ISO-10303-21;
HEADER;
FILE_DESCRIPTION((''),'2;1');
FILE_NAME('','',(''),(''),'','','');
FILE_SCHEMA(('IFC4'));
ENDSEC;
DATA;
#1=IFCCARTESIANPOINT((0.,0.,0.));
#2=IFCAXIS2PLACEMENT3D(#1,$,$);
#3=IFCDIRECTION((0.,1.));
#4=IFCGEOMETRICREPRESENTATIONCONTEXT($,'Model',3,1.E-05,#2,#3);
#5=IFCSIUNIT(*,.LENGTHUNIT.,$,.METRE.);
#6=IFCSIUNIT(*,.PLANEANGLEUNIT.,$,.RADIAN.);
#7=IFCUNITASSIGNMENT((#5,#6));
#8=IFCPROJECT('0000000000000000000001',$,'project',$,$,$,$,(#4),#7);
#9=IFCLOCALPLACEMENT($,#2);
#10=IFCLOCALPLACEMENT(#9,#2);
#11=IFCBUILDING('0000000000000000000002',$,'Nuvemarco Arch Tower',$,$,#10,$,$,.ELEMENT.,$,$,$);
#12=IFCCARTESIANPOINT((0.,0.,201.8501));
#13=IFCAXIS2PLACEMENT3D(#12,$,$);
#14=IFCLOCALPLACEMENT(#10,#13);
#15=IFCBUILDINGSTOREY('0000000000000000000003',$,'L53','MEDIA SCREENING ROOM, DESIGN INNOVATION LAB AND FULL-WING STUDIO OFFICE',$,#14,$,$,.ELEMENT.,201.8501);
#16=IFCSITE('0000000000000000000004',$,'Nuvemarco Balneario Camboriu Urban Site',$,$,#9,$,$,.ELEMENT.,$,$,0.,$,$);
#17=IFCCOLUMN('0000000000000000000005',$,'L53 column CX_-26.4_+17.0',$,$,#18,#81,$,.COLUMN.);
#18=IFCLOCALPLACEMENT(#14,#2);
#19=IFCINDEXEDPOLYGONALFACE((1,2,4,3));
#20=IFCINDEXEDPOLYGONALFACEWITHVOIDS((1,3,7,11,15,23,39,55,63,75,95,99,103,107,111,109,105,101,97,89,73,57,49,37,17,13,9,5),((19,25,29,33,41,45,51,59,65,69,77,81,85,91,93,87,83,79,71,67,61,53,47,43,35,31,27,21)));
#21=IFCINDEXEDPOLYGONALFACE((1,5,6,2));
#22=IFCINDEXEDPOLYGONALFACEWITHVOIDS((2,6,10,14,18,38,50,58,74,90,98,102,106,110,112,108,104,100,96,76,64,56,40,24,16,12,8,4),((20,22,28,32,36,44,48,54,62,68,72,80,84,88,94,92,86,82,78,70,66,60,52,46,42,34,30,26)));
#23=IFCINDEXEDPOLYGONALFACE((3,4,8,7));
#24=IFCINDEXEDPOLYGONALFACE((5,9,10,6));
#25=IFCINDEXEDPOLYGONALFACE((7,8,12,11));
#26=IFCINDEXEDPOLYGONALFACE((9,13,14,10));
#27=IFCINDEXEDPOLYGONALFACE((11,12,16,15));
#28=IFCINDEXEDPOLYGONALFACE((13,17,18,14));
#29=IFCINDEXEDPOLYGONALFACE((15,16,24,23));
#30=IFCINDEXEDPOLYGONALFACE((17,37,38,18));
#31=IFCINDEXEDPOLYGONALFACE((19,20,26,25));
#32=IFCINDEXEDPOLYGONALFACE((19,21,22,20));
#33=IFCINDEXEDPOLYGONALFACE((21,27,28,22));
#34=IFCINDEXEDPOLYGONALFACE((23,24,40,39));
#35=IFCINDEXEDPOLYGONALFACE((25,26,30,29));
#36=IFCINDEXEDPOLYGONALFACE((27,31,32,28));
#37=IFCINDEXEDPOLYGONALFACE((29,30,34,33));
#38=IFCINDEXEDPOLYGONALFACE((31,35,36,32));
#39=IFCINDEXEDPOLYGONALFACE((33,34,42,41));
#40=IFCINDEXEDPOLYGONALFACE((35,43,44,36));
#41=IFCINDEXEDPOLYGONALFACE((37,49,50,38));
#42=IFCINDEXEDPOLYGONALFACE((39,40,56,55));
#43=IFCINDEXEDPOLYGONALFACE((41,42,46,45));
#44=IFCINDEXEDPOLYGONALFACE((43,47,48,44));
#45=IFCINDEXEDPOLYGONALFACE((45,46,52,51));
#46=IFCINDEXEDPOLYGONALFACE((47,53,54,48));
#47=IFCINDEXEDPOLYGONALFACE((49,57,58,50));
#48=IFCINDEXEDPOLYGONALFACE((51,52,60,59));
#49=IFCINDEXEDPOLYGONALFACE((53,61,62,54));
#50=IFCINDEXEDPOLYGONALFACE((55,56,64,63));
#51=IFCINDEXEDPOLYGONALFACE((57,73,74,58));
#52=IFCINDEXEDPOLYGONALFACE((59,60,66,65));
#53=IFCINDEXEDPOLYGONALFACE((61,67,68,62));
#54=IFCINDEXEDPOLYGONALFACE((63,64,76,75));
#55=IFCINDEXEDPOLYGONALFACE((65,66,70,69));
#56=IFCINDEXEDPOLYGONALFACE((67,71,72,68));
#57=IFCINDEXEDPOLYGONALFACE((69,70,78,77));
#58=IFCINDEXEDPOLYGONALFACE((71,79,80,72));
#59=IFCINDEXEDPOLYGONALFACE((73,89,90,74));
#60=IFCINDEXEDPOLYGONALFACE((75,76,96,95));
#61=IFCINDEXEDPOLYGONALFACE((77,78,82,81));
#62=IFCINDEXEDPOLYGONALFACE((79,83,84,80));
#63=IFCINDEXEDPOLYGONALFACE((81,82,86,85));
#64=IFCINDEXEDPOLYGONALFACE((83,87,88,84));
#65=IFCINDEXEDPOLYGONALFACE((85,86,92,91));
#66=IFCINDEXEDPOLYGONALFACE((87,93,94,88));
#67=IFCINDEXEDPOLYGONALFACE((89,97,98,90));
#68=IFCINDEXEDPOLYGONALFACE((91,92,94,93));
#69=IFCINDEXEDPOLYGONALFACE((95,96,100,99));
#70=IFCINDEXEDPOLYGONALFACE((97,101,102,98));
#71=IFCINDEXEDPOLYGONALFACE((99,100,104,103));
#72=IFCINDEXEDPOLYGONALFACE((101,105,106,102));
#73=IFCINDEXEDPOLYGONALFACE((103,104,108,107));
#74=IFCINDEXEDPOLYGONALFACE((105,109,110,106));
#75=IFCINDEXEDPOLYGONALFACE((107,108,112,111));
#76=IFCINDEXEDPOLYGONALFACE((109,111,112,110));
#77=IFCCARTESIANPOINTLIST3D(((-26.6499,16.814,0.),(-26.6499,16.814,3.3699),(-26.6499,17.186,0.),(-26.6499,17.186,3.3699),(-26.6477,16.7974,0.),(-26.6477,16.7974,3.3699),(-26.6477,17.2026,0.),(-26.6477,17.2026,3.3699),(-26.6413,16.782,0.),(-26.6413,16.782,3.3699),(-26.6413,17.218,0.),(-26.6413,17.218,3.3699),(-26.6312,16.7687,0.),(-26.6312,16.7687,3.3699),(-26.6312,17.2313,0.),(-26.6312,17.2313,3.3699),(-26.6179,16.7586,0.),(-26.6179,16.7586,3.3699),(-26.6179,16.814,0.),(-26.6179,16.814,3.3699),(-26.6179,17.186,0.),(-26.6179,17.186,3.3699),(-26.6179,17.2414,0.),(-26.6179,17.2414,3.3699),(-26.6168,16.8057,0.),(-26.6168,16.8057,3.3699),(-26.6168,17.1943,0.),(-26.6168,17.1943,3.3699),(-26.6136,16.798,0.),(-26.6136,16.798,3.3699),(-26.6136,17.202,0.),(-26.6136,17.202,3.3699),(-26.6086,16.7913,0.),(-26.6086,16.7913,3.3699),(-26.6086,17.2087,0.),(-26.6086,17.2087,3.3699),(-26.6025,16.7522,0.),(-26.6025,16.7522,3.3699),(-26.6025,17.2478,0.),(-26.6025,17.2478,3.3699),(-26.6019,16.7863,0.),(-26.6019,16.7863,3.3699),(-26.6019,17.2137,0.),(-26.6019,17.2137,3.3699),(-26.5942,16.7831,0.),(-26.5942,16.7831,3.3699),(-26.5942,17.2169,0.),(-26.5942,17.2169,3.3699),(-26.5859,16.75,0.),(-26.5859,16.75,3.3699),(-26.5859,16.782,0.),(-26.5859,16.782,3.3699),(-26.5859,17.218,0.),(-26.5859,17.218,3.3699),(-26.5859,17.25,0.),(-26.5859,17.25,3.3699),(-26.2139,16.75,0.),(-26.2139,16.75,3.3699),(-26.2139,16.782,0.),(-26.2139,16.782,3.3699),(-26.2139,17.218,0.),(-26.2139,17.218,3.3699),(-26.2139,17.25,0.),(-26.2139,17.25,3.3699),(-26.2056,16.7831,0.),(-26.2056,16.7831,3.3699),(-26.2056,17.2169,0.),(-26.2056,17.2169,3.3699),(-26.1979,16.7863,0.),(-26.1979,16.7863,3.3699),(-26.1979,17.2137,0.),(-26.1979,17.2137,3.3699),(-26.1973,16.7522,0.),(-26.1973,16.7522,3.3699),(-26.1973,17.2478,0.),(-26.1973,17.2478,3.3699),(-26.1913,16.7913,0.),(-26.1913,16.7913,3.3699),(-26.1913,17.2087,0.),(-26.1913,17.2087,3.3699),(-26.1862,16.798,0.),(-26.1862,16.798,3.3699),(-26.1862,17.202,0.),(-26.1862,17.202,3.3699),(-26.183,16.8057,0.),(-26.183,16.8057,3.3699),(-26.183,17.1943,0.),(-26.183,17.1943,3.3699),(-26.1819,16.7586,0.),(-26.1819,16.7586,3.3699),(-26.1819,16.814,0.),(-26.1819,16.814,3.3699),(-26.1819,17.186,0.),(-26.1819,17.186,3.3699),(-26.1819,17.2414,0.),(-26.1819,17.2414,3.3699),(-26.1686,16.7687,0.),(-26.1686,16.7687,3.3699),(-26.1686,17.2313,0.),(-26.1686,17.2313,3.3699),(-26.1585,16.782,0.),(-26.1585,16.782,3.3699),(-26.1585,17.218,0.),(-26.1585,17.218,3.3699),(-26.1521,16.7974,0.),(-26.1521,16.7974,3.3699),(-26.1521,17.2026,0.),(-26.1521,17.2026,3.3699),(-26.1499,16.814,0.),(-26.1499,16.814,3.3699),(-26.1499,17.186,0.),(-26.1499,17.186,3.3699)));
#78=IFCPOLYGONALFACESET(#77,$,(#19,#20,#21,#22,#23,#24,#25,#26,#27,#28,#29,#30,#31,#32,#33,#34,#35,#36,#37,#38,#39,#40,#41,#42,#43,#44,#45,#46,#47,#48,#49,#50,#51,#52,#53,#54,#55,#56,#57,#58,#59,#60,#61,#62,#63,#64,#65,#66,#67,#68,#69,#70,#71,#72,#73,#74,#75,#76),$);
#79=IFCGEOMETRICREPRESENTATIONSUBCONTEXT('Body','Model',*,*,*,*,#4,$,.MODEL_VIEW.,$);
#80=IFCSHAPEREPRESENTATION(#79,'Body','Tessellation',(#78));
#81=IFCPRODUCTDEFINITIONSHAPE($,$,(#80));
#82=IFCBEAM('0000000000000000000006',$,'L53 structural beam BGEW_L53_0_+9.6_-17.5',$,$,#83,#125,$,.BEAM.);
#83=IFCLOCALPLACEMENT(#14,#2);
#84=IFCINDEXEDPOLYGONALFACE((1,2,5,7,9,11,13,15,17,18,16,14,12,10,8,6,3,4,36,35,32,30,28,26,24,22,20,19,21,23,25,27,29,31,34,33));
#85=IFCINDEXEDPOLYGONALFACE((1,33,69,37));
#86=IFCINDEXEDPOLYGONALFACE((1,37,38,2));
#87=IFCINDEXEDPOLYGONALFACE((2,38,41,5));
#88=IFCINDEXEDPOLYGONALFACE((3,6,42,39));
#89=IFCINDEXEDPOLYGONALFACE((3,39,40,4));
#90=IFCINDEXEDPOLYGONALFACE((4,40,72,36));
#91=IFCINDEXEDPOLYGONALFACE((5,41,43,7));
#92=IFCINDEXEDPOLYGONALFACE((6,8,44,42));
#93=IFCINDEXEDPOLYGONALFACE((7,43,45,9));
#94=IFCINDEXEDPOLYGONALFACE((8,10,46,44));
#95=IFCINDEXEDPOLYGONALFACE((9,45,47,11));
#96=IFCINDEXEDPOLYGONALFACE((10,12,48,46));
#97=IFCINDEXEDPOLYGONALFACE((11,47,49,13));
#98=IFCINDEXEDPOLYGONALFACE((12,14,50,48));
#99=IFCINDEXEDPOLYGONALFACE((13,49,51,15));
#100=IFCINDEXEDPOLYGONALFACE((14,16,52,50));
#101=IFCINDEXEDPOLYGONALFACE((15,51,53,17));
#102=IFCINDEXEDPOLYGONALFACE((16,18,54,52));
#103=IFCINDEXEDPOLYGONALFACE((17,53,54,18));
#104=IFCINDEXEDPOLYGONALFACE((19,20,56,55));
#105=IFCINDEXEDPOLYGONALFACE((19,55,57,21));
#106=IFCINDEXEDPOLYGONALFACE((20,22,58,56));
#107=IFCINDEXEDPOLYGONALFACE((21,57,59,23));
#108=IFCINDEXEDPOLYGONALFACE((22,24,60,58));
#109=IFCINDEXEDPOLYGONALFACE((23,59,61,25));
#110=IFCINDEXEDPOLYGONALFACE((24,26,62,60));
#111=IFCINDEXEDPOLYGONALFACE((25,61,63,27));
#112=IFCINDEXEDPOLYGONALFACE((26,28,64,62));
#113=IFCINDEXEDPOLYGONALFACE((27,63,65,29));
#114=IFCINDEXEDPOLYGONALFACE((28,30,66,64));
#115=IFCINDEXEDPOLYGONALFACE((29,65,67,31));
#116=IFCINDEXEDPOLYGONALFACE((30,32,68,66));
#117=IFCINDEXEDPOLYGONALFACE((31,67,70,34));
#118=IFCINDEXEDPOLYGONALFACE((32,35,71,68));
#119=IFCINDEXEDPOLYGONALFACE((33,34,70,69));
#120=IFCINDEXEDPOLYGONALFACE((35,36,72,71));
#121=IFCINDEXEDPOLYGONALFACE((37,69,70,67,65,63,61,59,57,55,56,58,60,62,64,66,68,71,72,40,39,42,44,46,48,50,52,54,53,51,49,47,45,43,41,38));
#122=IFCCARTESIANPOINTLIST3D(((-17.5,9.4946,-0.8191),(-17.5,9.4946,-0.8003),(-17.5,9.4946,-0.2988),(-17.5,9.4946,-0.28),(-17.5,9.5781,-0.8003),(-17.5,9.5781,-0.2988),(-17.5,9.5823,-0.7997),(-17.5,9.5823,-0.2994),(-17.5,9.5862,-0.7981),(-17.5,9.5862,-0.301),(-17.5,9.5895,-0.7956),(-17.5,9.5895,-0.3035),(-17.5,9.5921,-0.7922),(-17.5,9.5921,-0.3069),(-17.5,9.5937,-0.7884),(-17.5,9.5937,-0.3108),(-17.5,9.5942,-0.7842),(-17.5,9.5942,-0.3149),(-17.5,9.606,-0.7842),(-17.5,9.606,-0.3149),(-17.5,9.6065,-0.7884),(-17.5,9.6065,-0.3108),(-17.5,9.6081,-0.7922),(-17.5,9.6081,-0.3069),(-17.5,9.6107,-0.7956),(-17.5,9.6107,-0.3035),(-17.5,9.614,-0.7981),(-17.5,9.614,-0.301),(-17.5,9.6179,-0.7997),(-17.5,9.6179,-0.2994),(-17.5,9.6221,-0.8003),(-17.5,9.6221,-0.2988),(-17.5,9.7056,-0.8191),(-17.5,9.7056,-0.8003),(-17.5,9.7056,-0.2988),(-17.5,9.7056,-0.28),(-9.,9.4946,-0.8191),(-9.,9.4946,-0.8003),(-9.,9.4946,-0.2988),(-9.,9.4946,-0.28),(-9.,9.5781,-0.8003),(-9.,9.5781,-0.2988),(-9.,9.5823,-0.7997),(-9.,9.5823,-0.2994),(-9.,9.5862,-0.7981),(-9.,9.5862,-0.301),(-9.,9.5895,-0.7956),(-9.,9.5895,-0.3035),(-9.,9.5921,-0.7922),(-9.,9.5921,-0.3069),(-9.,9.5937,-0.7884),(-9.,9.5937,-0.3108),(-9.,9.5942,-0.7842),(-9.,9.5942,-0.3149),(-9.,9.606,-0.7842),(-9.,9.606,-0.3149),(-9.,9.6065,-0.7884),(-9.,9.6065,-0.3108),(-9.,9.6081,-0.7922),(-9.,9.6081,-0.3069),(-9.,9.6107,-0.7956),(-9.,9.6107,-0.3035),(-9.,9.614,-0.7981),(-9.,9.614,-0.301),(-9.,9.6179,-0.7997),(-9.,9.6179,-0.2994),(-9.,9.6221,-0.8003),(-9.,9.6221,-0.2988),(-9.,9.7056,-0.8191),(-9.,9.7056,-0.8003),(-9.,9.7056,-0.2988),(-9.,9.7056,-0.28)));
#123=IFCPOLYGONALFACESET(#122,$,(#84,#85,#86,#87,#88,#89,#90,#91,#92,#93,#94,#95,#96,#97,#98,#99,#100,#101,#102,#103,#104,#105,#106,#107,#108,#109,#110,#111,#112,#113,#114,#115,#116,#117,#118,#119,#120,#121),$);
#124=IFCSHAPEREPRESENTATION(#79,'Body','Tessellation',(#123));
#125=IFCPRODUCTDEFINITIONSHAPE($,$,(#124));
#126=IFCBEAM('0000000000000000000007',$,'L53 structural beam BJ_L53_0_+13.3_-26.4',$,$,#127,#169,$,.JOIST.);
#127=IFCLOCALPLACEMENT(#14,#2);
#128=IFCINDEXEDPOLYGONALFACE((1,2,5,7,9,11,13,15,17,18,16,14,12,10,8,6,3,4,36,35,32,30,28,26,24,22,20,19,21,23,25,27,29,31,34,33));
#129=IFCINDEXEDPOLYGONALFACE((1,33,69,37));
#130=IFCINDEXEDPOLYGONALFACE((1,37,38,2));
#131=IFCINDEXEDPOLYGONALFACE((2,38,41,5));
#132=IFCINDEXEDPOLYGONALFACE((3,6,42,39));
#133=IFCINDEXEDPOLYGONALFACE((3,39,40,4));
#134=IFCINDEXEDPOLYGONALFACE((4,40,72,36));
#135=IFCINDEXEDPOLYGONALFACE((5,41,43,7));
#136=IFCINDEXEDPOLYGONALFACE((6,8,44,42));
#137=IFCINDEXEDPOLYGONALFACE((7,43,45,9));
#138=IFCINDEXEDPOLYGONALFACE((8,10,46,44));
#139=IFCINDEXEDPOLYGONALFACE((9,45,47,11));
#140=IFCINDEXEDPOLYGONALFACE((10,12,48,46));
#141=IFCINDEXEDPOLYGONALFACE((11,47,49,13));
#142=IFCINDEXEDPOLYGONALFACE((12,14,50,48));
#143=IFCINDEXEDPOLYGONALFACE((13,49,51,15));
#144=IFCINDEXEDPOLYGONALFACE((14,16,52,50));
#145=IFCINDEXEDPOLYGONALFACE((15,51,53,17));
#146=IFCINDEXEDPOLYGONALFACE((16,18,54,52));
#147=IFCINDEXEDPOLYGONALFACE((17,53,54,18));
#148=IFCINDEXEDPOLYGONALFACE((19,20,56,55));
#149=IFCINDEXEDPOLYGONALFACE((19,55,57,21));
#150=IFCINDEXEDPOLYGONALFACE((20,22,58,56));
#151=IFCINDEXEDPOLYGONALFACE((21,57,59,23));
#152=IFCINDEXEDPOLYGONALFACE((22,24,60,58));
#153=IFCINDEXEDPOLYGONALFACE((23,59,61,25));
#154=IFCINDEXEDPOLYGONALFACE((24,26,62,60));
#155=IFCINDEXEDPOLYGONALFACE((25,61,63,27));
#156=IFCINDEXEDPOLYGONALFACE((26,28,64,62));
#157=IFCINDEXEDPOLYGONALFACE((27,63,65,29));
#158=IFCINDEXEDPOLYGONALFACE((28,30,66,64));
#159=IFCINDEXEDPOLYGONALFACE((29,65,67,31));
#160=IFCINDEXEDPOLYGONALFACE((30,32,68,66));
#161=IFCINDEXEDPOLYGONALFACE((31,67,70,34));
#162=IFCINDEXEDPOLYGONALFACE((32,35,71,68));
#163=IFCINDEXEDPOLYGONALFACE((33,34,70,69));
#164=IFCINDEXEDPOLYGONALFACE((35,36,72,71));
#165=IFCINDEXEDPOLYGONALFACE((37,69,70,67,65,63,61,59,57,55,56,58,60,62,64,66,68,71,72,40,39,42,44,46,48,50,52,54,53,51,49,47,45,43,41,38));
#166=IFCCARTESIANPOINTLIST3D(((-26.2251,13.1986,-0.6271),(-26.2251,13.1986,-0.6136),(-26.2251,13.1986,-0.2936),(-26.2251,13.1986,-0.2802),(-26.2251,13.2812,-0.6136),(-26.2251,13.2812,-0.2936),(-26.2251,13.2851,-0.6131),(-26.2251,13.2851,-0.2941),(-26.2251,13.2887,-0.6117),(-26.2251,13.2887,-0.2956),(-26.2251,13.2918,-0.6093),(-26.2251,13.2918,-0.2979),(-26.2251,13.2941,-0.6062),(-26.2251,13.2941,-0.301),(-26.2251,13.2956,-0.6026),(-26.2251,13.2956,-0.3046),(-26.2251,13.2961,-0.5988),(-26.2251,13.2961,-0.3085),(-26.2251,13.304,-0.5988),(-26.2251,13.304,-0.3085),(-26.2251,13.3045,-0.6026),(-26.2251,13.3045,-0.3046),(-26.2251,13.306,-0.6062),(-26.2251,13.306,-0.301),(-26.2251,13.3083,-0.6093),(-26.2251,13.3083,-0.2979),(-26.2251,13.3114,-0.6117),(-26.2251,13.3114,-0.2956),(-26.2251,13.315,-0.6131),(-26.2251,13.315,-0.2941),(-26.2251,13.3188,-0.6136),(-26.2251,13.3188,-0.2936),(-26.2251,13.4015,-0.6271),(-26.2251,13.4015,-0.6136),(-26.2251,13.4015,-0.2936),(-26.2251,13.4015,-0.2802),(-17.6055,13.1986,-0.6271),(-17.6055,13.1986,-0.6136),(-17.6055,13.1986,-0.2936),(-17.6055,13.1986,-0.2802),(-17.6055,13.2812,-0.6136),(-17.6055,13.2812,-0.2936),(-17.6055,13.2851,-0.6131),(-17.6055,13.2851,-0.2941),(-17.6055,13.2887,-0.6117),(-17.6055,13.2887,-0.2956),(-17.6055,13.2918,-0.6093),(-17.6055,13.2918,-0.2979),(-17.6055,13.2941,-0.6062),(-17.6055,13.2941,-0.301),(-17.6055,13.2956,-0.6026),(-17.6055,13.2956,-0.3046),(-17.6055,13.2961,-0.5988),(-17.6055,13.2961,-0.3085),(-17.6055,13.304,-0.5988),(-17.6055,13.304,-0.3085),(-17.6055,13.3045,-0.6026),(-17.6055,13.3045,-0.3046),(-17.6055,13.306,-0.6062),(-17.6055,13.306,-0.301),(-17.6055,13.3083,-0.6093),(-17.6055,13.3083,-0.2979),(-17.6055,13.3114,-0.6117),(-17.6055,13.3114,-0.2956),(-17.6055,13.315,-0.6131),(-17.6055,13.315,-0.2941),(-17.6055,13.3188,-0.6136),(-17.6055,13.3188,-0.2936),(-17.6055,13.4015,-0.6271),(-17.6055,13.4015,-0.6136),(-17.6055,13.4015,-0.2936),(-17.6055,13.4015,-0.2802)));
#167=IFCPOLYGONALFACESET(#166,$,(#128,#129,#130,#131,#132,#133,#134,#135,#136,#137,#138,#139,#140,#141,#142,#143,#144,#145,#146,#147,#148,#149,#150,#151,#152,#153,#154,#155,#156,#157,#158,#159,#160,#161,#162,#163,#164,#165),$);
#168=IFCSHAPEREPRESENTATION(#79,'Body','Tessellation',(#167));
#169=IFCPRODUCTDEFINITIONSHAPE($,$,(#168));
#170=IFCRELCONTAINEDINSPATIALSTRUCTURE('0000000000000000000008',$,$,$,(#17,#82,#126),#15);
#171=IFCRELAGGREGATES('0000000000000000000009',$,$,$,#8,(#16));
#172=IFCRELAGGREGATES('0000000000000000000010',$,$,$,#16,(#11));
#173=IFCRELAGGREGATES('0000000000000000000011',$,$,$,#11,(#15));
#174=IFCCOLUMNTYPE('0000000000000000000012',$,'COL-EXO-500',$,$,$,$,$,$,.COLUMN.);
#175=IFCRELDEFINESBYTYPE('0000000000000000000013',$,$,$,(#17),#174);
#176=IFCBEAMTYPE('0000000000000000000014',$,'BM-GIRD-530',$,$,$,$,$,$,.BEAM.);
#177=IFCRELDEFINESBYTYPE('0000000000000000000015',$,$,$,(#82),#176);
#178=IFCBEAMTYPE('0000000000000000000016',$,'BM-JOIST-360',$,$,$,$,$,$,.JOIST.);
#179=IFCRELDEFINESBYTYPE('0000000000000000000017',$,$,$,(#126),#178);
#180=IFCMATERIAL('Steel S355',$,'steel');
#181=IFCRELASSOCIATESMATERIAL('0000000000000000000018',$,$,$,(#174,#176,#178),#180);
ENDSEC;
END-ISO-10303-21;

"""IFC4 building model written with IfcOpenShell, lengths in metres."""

from ifc_helpers import new_model, si_unit, direction, frame, origin, origin_2d, place, context, subcontext, project, spatial, hollow_rectangle, i_section, extrude, material, material_profile, profile_set, type_object, element, save


model = new_model("IFC4")

# Units and contexts
model_context = context("Model", 3, precision=1e-05, world=origin(), true_north=direction((0.0, 1.0)))
body_context = subcontext(model_context, "Body", "Model", "MODEL_VIEW")
ifc_project = project(units=[si_unit("LENGTHUNIT", "METRE"), si_unit("PLANEANGLEUNIT", "RADIAN")], contexts=[model_context])

# Site, building, storey
site_placement = place(None, origin())
site = spatial("IfcSite", under=ifc_project, at=site_placement, Name="Nuvemarco Balneario Camboriu Urban Site", CompositionType="ELEMENT", RefElevation=0.0)
building_placement = place(site_placement, origin())
building = spatial("IfcBuilding", under=site, at=building_placement, Name="Nuvemarco Arch Tower", CompositionType="ELEMENT")
storey_placement = place(building_placement, frame((0.0, 0.0, 201.8501)))
storey = spatial("IfcBuildingStorey", under=building, at=storey_placement, Name="L53", Description="MEDIA SCREENING ROOM, DESIGN INNOVATION LAB AND FULL-WING STUDIO OFFICE", CompositionType="ELEMENT", Elevation=201.8501)

# Column
ifc_material_1 = material(Name="Steel S355", Category="steel")
ifc_material_profile_1 = material_profile(ifc_material_1, hollow_rectangle(XDim=0.5, YDim=0.5, WallThickness=0.032, InnerFilletRadius=0.032, OuterFilletRadius=0.064, at=origin_2d()), Name="SHS500x500x32")
ifc_profile_set_1 = profile_set([ifc_material_profile_1], Name="Steel S355")
column_type = type_object("IfcColumnType", Name="COL-EXO-500", PredefinedType="COLUMN", material=ifc_profile_set_1)
column_placement = place(storey_placement, frame((-26.3999, 17.0, 0.0), z_axis=(0.0, 0.0, 1.0), x_axis=(1.0, 0.0, 0.0)))
element("IfcColumn", 1, at=column_placement, inside=storey, type_object=column_type, Name="L53 column CX_-26.4_+17.0", PredefinedType="COLUMN", context=body_context, shape_type="SweptSolid", body=[
    extrude(hollow_rectangle(XDim=0.5, YDim=0.5, WallThickness=0.032, InnerFilletRadius=0.032, OuterFilletRadius=0.064, at=origin_2d()), origin(), (0.0, 0.0, 1.0), 3.3699),
])

# Beams
ifc_material_profile_2 = material_profile(ifc_material_1, i_section(OverallWidth=0.2109, OverallDepth=0.5391, WebThickness=0.0117, FlangeThickness=0.0188, FilletRadius=0.0161, at=origin_2d()), Name="W530x109")
ifc_profile_set_2 = profile_set([ifc_material_profile_2], Name="Steel S355")
beam_type_1 = type_object("IfcBeamType", Name="BM-GIRD-530", PredefinedType="BEAM", material=ifc_profile_set_2)
beam_1_placement = place(storey_placement, frame((-17.5, 9.6001, -0.5496), z_axis=(1.0, 0.0, 0.0), x_axis=(0.0, 1.0, 0.0)))
element("IfcBeam", 2, at=beam_1_placement, inside=storey, type_object=beam_type_1, Name="L53 structural beam BGEW_L53_0_+9.6_-17.5", PredefinedType="BEAM", context=body_context, shape_type="SweptSolid", body=[
    extrude(i_section(OverallWidth=0.2109, OverallDepth=0.5391, WebThickness=0.0117, FlangeThickness=0.0188, FilletRadius=0.0161, at=origin_2d()), origin(), (0.0, 0.0, 1.0), 8.5),
])
ifc_material_profile_3 = material_profile(ifc_material_1, i_section(OverallWidth=0.2029, OverallDepth=0.3469, WebThickness=0.0078, FlangeThickness=0.0134, FilletRadius=0.0149, at=origin_2d()), Name="W360x64")
ifc_profile_set_3 = profile_set([ifc_material_profile_3], Name="Steel S355")
beam_type_2 = type_object("IfcBeamType", Name="BM-JOIST-360", PredefinedType="JOIST", material=ifc_profile_set_3)
beam_2_placement = place(storey_placement, frame((-26.2251, 13.3, -0.4536), z_axis=(1.0, 0.0, 0.0), x_axis=(0.0, 1.0, 0.0)))
element("IfcBeam", 3, at=beam_2_placement, inside=storey, type_object=beam_type_2, Name="L53 structural beam BJ_L53_0_+13.3_-26.4", PredefinedType="JOIST", context=body_context, shape_type="SweptSolid", body=[
    extrude(i_section(OverallWidth=0.2029, OverallDepth=0.3469, WebThickness=0.0078, FlangeThickness=0.0134, FilletRadius=0.0149, at=origin_2d()), origin(), (0.0, 0.0, 1.0), 8.6196),
])

save(model, "model.ifc")
